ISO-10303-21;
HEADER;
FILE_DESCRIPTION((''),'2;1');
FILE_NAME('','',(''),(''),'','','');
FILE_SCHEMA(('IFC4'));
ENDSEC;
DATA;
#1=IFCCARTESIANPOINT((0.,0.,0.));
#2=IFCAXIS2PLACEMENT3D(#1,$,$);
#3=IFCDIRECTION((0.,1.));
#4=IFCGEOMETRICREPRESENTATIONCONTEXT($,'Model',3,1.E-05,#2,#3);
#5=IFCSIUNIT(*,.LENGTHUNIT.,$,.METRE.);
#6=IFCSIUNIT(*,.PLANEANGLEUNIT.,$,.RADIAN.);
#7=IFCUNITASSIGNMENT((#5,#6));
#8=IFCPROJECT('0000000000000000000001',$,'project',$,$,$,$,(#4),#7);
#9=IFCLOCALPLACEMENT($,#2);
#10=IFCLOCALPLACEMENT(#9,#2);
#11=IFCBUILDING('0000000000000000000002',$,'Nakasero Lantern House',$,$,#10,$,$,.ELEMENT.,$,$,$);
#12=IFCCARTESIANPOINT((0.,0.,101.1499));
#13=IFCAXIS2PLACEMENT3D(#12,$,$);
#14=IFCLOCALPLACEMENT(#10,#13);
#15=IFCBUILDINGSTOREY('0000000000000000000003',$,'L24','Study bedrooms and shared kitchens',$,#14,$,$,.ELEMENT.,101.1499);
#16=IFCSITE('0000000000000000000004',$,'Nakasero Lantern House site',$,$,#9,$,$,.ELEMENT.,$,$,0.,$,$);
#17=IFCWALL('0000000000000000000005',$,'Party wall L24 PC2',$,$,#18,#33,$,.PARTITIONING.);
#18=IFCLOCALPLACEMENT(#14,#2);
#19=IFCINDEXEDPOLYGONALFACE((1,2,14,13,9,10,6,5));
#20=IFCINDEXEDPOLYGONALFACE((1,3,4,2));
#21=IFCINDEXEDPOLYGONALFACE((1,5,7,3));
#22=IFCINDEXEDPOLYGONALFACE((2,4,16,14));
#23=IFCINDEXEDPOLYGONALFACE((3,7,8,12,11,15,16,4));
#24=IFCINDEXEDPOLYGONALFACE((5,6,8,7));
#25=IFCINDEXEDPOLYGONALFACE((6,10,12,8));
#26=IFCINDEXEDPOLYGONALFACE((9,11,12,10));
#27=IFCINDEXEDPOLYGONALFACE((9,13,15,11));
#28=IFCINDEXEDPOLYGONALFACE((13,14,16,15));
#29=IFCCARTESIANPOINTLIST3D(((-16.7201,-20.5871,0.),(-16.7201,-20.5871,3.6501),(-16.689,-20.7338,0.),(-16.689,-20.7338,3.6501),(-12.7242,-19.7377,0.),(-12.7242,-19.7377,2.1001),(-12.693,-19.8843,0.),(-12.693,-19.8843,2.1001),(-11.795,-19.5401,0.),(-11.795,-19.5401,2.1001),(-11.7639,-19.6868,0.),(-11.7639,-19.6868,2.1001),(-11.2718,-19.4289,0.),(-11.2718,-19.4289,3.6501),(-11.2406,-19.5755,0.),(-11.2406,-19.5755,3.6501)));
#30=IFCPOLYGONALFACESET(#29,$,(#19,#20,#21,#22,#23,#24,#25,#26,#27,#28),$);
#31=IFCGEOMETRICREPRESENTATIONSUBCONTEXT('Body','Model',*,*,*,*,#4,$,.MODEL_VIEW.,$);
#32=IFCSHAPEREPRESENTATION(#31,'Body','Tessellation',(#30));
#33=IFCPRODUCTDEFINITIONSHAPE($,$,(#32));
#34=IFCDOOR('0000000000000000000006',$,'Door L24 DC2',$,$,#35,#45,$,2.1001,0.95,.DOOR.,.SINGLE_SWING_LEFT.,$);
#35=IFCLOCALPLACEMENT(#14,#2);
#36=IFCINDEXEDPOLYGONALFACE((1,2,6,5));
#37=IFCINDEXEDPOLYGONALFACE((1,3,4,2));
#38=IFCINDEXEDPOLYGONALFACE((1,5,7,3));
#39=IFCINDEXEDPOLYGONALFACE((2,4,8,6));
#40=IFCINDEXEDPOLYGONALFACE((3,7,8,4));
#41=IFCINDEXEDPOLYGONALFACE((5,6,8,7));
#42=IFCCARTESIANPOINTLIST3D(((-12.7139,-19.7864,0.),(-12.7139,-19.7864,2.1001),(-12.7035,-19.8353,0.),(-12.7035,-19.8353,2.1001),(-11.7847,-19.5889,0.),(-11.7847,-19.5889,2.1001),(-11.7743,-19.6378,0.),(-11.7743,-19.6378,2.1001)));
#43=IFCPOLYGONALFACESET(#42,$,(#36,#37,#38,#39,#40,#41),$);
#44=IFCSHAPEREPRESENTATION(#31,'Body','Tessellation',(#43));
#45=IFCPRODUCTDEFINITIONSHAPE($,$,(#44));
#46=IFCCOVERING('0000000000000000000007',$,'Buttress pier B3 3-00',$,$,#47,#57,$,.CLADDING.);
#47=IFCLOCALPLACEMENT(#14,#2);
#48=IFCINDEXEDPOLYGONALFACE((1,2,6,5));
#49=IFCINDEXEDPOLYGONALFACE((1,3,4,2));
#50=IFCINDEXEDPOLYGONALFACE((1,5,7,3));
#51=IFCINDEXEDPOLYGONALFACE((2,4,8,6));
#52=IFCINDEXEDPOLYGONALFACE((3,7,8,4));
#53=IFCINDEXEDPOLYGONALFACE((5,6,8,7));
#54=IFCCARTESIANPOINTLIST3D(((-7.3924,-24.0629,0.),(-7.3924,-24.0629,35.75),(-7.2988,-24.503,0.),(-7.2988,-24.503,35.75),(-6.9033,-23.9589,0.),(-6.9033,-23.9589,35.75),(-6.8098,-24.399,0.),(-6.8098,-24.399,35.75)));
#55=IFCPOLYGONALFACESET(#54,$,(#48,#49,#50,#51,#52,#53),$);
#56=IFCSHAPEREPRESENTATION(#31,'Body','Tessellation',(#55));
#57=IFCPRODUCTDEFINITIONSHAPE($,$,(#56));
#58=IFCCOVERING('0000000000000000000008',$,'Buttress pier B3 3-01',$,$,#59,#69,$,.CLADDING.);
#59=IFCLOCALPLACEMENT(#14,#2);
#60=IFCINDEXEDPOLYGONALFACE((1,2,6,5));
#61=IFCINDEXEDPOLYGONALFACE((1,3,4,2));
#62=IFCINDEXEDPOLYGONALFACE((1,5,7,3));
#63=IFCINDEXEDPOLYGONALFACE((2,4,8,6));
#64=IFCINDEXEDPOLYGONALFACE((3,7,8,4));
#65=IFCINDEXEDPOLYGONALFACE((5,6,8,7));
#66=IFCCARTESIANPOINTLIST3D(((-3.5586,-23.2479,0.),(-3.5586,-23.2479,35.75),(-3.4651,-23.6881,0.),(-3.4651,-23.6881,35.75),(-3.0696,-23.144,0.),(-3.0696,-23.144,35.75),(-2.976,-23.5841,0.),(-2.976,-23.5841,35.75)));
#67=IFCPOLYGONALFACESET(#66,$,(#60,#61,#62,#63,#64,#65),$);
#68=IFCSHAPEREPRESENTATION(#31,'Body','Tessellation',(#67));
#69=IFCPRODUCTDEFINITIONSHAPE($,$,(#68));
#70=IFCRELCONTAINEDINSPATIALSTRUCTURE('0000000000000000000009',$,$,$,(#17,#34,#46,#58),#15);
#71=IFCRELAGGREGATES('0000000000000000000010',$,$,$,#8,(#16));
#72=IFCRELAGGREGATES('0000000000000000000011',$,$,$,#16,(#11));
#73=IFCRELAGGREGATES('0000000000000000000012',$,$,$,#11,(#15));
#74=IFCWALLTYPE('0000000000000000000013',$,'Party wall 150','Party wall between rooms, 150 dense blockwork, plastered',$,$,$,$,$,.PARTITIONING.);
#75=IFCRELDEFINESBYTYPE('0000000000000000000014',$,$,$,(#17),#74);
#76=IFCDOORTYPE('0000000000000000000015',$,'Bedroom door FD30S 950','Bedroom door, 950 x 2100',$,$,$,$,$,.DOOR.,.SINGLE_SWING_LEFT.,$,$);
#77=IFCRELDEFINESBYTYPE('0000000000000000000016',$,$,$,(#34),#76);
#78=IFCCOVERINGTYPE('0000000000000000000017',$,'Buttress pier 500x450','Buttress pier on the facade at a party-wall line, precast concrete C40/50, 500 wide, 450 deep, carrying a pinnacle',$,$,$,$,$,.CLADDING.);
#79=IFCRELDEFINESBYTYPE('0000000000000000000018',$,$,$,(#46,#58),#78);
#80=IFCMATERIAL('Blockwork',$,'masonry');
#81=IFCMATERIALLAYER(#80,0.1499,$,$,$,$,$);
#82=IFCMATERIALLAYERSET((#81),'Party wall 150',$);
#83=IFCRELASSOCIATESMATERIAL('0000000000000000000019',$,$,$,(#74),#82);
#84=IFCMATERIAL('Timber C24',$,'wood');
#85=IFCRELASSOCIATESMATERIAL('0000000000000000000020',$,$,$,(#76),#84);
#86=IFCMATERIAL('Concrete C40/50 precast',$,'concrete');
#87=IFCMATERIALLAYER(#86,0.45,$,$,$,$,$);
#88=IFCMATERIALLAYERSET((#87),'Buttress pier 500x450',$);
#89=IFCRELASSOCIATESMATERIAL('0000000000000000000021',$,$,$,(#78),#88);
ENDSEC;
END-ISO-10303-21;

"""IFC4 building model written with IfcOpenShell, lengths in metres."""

from ifc_helpers import new_model, si_unit, direction, frame, frame_2d, origin, origin_2d, place, context, subcontext, project, spatial, rectangle, extrude, material, layer, layer_set, type_object, element, fill, save


model = new_model("IFC4")

# Units and contexts
model_context = context("Model", 3, precision=1e-05, world=origin(), true_north=direction((0.0, 1.0)))
body_context = subcontext(model_context, "Body", "Model", "MODEL_VIEW")
ifc_project = project(units=[si_unit("LENGTHUNIT", "METRE"), si_unit("PLANEANGLEUNIT", "RADIAN")], contexts=[model_context])

# Site, building, storey
site_placement = place(None, origin())
site = spatial("IfcSite", under=ifc_project, at=site_placement, Name="Nakasero Lantern House site", CompositionType="ELEMENT", RefElevation=0.0)
building_placement = place(site_placement, origin())
building = spatial("IfcBuilding", under=site, at=building_placement, Name="Nakasero Lantern House", CompositionType="ELEMENT")
storey_placement = place(building_placement, frame((0.0, 0.0, 101.1499)))
storey = spatial("IfcBuildingStorey", under=building, at=storey_placement, Name="L24", Description="Study bedrooms and shared kitchens", CompositionType="ELEMENT", Elevation=101.1499)

# Wall, opening, door
ifc_material_1 = material(Name="Blockwork", Category="masonry")
ifc_layer_1 = layer(ifc_material_1, 0.1499)
ifc_layer_set_1 = layer_set([ifc_layer_1], Name="Party wall 150")
wall_type_1 = type_object("IfcWallType", Name="Party wall 150", Description="Party wall between rooms, 150 dense blockwork, plastered", PredefinedType="PARTITIONING", material=ifc_layer_set_1)
wall_1_placement = place(storey_placement, frame((-11.2561, -19.5022, 0.0), z_axis=(0.0, 0.0, 1.0), x_axis=(-0.978142, -0.207936, 0.0)))
wall_1 = element("IfcWall", 1, at=wall_1_placement, inside=storey, type_object=wall_type_1, Name="Party wall L24 PC2", PredefinedType="PARTITIONING", context=body_context, shape_type="SweptSolid", body=[
    extrude(rectangle(XDim=5.5701, YDim=0.1499, at=frame_2d((2.7852, 0.0))), origin(), (0.0, 0.0, 1.0), 3.6501),
])
opening_1_placement = place(wall_1_placement, frame((0.5349, 0.0, 0.0)))
opening_1 = element("IfcOpeningElement", 2, at=opening_1_placement, cuts=wall_1, PredefinedType="OPENING", context=body_context, shape_type="SweptSolid", body=[
    extrude(rectangle(XDim=0.95, YDim=2.1001, at=frame_2d((0.4751, 1.05))), frame((0.0, 0.095, 0.0), z_axis=(0.0, -1.0, 0.0), x_axis=(1.0, 0.0, 0.0)), (0.0, 0.0, 1.0), 0.1899),
])
ifc_material_2 = material(Name="Timber C24", Category="wood")
door_type_1 = type_object("IfcDoorType", Name="Bedroom door FD30S 950", Description="Bedroom door, 950 x 2100", OperationType="SINGLE_SWING_LEFT", PredefinedType="DOOR", material=ifc_material_2)
door_1_placement = place(opening_1_placement, origin())
door_1 = element("IfcDoor", 3, at=door_1_placement, inside=storey, type_object=door_type_1, Name="Door L24 DC2", OperationType="SINGLE_SWING_LEFT", OverallHeight=2.1001, OverallWidth=0.95, PredefinedType="DOOR", context=body_context, shape_type="SweptSolid", body=[
    extrude(rectangle(XDim=0.95, YDim=2.1001, at=frame_2d((0.4751, 1.05))), frame((0.0, 0.0249, 0.0), z_axis=(0.0, -1.0, 0.0), x_axis=(1.0, 0.0, 0.0)), (0.0, 0.0, 1.0), 0.05),
])
fill(opening_1, door_1)

# Coverings
ifc_material_3 = material(Name="Concrete C40/50 precast", Category="concrete")
ifc_layer_2 = layer(ifc_material_3, 0.45)
ifc_layer_set_2 = layer_set([ifc_layer_2], Name="Buttress pier 500x450")
covering_type = type_object("IfcCoveringType", Name="Buttress pier 500x450", Description="Buttress pier on the facade at a party-wall line, precast concrete C40/50, 500 wide, 450 deep, carrying a pinnacle", PredefinedType="CLADDING", material=ifc_layer_set_2)
for number, where, z_axis, x_axis, name in (
    (4, (-7.1011, -24.231, 0.0), (0.0, 0.0, 1.0), (0.207912, -0.978148, 0.0), "Buttress pier B3 3-00"),
    (5, (-3.2673, -23.416, 0.0), (0.0, 0.0, 1.0), (0.207912, -0.978148, 0.0), "Buttress pier B3 3-01"),
):
    element("IfcCovering", number, at=place(storey_placement, frame(where, z_axis=z_axis, x_axis=x_axis)), inside=storey, type_object=covering_type, Name=name, PredefinedType="CLADDING", context=body_context, shape_type="SweptSolid", body=[
        extrude(rectangle(XDim=0.45, YDim=0.5, at=origin_2d()), origin(), (0.0, 0.0, 1.0), 35.75),
    ])

save(model, "model.ifc")
